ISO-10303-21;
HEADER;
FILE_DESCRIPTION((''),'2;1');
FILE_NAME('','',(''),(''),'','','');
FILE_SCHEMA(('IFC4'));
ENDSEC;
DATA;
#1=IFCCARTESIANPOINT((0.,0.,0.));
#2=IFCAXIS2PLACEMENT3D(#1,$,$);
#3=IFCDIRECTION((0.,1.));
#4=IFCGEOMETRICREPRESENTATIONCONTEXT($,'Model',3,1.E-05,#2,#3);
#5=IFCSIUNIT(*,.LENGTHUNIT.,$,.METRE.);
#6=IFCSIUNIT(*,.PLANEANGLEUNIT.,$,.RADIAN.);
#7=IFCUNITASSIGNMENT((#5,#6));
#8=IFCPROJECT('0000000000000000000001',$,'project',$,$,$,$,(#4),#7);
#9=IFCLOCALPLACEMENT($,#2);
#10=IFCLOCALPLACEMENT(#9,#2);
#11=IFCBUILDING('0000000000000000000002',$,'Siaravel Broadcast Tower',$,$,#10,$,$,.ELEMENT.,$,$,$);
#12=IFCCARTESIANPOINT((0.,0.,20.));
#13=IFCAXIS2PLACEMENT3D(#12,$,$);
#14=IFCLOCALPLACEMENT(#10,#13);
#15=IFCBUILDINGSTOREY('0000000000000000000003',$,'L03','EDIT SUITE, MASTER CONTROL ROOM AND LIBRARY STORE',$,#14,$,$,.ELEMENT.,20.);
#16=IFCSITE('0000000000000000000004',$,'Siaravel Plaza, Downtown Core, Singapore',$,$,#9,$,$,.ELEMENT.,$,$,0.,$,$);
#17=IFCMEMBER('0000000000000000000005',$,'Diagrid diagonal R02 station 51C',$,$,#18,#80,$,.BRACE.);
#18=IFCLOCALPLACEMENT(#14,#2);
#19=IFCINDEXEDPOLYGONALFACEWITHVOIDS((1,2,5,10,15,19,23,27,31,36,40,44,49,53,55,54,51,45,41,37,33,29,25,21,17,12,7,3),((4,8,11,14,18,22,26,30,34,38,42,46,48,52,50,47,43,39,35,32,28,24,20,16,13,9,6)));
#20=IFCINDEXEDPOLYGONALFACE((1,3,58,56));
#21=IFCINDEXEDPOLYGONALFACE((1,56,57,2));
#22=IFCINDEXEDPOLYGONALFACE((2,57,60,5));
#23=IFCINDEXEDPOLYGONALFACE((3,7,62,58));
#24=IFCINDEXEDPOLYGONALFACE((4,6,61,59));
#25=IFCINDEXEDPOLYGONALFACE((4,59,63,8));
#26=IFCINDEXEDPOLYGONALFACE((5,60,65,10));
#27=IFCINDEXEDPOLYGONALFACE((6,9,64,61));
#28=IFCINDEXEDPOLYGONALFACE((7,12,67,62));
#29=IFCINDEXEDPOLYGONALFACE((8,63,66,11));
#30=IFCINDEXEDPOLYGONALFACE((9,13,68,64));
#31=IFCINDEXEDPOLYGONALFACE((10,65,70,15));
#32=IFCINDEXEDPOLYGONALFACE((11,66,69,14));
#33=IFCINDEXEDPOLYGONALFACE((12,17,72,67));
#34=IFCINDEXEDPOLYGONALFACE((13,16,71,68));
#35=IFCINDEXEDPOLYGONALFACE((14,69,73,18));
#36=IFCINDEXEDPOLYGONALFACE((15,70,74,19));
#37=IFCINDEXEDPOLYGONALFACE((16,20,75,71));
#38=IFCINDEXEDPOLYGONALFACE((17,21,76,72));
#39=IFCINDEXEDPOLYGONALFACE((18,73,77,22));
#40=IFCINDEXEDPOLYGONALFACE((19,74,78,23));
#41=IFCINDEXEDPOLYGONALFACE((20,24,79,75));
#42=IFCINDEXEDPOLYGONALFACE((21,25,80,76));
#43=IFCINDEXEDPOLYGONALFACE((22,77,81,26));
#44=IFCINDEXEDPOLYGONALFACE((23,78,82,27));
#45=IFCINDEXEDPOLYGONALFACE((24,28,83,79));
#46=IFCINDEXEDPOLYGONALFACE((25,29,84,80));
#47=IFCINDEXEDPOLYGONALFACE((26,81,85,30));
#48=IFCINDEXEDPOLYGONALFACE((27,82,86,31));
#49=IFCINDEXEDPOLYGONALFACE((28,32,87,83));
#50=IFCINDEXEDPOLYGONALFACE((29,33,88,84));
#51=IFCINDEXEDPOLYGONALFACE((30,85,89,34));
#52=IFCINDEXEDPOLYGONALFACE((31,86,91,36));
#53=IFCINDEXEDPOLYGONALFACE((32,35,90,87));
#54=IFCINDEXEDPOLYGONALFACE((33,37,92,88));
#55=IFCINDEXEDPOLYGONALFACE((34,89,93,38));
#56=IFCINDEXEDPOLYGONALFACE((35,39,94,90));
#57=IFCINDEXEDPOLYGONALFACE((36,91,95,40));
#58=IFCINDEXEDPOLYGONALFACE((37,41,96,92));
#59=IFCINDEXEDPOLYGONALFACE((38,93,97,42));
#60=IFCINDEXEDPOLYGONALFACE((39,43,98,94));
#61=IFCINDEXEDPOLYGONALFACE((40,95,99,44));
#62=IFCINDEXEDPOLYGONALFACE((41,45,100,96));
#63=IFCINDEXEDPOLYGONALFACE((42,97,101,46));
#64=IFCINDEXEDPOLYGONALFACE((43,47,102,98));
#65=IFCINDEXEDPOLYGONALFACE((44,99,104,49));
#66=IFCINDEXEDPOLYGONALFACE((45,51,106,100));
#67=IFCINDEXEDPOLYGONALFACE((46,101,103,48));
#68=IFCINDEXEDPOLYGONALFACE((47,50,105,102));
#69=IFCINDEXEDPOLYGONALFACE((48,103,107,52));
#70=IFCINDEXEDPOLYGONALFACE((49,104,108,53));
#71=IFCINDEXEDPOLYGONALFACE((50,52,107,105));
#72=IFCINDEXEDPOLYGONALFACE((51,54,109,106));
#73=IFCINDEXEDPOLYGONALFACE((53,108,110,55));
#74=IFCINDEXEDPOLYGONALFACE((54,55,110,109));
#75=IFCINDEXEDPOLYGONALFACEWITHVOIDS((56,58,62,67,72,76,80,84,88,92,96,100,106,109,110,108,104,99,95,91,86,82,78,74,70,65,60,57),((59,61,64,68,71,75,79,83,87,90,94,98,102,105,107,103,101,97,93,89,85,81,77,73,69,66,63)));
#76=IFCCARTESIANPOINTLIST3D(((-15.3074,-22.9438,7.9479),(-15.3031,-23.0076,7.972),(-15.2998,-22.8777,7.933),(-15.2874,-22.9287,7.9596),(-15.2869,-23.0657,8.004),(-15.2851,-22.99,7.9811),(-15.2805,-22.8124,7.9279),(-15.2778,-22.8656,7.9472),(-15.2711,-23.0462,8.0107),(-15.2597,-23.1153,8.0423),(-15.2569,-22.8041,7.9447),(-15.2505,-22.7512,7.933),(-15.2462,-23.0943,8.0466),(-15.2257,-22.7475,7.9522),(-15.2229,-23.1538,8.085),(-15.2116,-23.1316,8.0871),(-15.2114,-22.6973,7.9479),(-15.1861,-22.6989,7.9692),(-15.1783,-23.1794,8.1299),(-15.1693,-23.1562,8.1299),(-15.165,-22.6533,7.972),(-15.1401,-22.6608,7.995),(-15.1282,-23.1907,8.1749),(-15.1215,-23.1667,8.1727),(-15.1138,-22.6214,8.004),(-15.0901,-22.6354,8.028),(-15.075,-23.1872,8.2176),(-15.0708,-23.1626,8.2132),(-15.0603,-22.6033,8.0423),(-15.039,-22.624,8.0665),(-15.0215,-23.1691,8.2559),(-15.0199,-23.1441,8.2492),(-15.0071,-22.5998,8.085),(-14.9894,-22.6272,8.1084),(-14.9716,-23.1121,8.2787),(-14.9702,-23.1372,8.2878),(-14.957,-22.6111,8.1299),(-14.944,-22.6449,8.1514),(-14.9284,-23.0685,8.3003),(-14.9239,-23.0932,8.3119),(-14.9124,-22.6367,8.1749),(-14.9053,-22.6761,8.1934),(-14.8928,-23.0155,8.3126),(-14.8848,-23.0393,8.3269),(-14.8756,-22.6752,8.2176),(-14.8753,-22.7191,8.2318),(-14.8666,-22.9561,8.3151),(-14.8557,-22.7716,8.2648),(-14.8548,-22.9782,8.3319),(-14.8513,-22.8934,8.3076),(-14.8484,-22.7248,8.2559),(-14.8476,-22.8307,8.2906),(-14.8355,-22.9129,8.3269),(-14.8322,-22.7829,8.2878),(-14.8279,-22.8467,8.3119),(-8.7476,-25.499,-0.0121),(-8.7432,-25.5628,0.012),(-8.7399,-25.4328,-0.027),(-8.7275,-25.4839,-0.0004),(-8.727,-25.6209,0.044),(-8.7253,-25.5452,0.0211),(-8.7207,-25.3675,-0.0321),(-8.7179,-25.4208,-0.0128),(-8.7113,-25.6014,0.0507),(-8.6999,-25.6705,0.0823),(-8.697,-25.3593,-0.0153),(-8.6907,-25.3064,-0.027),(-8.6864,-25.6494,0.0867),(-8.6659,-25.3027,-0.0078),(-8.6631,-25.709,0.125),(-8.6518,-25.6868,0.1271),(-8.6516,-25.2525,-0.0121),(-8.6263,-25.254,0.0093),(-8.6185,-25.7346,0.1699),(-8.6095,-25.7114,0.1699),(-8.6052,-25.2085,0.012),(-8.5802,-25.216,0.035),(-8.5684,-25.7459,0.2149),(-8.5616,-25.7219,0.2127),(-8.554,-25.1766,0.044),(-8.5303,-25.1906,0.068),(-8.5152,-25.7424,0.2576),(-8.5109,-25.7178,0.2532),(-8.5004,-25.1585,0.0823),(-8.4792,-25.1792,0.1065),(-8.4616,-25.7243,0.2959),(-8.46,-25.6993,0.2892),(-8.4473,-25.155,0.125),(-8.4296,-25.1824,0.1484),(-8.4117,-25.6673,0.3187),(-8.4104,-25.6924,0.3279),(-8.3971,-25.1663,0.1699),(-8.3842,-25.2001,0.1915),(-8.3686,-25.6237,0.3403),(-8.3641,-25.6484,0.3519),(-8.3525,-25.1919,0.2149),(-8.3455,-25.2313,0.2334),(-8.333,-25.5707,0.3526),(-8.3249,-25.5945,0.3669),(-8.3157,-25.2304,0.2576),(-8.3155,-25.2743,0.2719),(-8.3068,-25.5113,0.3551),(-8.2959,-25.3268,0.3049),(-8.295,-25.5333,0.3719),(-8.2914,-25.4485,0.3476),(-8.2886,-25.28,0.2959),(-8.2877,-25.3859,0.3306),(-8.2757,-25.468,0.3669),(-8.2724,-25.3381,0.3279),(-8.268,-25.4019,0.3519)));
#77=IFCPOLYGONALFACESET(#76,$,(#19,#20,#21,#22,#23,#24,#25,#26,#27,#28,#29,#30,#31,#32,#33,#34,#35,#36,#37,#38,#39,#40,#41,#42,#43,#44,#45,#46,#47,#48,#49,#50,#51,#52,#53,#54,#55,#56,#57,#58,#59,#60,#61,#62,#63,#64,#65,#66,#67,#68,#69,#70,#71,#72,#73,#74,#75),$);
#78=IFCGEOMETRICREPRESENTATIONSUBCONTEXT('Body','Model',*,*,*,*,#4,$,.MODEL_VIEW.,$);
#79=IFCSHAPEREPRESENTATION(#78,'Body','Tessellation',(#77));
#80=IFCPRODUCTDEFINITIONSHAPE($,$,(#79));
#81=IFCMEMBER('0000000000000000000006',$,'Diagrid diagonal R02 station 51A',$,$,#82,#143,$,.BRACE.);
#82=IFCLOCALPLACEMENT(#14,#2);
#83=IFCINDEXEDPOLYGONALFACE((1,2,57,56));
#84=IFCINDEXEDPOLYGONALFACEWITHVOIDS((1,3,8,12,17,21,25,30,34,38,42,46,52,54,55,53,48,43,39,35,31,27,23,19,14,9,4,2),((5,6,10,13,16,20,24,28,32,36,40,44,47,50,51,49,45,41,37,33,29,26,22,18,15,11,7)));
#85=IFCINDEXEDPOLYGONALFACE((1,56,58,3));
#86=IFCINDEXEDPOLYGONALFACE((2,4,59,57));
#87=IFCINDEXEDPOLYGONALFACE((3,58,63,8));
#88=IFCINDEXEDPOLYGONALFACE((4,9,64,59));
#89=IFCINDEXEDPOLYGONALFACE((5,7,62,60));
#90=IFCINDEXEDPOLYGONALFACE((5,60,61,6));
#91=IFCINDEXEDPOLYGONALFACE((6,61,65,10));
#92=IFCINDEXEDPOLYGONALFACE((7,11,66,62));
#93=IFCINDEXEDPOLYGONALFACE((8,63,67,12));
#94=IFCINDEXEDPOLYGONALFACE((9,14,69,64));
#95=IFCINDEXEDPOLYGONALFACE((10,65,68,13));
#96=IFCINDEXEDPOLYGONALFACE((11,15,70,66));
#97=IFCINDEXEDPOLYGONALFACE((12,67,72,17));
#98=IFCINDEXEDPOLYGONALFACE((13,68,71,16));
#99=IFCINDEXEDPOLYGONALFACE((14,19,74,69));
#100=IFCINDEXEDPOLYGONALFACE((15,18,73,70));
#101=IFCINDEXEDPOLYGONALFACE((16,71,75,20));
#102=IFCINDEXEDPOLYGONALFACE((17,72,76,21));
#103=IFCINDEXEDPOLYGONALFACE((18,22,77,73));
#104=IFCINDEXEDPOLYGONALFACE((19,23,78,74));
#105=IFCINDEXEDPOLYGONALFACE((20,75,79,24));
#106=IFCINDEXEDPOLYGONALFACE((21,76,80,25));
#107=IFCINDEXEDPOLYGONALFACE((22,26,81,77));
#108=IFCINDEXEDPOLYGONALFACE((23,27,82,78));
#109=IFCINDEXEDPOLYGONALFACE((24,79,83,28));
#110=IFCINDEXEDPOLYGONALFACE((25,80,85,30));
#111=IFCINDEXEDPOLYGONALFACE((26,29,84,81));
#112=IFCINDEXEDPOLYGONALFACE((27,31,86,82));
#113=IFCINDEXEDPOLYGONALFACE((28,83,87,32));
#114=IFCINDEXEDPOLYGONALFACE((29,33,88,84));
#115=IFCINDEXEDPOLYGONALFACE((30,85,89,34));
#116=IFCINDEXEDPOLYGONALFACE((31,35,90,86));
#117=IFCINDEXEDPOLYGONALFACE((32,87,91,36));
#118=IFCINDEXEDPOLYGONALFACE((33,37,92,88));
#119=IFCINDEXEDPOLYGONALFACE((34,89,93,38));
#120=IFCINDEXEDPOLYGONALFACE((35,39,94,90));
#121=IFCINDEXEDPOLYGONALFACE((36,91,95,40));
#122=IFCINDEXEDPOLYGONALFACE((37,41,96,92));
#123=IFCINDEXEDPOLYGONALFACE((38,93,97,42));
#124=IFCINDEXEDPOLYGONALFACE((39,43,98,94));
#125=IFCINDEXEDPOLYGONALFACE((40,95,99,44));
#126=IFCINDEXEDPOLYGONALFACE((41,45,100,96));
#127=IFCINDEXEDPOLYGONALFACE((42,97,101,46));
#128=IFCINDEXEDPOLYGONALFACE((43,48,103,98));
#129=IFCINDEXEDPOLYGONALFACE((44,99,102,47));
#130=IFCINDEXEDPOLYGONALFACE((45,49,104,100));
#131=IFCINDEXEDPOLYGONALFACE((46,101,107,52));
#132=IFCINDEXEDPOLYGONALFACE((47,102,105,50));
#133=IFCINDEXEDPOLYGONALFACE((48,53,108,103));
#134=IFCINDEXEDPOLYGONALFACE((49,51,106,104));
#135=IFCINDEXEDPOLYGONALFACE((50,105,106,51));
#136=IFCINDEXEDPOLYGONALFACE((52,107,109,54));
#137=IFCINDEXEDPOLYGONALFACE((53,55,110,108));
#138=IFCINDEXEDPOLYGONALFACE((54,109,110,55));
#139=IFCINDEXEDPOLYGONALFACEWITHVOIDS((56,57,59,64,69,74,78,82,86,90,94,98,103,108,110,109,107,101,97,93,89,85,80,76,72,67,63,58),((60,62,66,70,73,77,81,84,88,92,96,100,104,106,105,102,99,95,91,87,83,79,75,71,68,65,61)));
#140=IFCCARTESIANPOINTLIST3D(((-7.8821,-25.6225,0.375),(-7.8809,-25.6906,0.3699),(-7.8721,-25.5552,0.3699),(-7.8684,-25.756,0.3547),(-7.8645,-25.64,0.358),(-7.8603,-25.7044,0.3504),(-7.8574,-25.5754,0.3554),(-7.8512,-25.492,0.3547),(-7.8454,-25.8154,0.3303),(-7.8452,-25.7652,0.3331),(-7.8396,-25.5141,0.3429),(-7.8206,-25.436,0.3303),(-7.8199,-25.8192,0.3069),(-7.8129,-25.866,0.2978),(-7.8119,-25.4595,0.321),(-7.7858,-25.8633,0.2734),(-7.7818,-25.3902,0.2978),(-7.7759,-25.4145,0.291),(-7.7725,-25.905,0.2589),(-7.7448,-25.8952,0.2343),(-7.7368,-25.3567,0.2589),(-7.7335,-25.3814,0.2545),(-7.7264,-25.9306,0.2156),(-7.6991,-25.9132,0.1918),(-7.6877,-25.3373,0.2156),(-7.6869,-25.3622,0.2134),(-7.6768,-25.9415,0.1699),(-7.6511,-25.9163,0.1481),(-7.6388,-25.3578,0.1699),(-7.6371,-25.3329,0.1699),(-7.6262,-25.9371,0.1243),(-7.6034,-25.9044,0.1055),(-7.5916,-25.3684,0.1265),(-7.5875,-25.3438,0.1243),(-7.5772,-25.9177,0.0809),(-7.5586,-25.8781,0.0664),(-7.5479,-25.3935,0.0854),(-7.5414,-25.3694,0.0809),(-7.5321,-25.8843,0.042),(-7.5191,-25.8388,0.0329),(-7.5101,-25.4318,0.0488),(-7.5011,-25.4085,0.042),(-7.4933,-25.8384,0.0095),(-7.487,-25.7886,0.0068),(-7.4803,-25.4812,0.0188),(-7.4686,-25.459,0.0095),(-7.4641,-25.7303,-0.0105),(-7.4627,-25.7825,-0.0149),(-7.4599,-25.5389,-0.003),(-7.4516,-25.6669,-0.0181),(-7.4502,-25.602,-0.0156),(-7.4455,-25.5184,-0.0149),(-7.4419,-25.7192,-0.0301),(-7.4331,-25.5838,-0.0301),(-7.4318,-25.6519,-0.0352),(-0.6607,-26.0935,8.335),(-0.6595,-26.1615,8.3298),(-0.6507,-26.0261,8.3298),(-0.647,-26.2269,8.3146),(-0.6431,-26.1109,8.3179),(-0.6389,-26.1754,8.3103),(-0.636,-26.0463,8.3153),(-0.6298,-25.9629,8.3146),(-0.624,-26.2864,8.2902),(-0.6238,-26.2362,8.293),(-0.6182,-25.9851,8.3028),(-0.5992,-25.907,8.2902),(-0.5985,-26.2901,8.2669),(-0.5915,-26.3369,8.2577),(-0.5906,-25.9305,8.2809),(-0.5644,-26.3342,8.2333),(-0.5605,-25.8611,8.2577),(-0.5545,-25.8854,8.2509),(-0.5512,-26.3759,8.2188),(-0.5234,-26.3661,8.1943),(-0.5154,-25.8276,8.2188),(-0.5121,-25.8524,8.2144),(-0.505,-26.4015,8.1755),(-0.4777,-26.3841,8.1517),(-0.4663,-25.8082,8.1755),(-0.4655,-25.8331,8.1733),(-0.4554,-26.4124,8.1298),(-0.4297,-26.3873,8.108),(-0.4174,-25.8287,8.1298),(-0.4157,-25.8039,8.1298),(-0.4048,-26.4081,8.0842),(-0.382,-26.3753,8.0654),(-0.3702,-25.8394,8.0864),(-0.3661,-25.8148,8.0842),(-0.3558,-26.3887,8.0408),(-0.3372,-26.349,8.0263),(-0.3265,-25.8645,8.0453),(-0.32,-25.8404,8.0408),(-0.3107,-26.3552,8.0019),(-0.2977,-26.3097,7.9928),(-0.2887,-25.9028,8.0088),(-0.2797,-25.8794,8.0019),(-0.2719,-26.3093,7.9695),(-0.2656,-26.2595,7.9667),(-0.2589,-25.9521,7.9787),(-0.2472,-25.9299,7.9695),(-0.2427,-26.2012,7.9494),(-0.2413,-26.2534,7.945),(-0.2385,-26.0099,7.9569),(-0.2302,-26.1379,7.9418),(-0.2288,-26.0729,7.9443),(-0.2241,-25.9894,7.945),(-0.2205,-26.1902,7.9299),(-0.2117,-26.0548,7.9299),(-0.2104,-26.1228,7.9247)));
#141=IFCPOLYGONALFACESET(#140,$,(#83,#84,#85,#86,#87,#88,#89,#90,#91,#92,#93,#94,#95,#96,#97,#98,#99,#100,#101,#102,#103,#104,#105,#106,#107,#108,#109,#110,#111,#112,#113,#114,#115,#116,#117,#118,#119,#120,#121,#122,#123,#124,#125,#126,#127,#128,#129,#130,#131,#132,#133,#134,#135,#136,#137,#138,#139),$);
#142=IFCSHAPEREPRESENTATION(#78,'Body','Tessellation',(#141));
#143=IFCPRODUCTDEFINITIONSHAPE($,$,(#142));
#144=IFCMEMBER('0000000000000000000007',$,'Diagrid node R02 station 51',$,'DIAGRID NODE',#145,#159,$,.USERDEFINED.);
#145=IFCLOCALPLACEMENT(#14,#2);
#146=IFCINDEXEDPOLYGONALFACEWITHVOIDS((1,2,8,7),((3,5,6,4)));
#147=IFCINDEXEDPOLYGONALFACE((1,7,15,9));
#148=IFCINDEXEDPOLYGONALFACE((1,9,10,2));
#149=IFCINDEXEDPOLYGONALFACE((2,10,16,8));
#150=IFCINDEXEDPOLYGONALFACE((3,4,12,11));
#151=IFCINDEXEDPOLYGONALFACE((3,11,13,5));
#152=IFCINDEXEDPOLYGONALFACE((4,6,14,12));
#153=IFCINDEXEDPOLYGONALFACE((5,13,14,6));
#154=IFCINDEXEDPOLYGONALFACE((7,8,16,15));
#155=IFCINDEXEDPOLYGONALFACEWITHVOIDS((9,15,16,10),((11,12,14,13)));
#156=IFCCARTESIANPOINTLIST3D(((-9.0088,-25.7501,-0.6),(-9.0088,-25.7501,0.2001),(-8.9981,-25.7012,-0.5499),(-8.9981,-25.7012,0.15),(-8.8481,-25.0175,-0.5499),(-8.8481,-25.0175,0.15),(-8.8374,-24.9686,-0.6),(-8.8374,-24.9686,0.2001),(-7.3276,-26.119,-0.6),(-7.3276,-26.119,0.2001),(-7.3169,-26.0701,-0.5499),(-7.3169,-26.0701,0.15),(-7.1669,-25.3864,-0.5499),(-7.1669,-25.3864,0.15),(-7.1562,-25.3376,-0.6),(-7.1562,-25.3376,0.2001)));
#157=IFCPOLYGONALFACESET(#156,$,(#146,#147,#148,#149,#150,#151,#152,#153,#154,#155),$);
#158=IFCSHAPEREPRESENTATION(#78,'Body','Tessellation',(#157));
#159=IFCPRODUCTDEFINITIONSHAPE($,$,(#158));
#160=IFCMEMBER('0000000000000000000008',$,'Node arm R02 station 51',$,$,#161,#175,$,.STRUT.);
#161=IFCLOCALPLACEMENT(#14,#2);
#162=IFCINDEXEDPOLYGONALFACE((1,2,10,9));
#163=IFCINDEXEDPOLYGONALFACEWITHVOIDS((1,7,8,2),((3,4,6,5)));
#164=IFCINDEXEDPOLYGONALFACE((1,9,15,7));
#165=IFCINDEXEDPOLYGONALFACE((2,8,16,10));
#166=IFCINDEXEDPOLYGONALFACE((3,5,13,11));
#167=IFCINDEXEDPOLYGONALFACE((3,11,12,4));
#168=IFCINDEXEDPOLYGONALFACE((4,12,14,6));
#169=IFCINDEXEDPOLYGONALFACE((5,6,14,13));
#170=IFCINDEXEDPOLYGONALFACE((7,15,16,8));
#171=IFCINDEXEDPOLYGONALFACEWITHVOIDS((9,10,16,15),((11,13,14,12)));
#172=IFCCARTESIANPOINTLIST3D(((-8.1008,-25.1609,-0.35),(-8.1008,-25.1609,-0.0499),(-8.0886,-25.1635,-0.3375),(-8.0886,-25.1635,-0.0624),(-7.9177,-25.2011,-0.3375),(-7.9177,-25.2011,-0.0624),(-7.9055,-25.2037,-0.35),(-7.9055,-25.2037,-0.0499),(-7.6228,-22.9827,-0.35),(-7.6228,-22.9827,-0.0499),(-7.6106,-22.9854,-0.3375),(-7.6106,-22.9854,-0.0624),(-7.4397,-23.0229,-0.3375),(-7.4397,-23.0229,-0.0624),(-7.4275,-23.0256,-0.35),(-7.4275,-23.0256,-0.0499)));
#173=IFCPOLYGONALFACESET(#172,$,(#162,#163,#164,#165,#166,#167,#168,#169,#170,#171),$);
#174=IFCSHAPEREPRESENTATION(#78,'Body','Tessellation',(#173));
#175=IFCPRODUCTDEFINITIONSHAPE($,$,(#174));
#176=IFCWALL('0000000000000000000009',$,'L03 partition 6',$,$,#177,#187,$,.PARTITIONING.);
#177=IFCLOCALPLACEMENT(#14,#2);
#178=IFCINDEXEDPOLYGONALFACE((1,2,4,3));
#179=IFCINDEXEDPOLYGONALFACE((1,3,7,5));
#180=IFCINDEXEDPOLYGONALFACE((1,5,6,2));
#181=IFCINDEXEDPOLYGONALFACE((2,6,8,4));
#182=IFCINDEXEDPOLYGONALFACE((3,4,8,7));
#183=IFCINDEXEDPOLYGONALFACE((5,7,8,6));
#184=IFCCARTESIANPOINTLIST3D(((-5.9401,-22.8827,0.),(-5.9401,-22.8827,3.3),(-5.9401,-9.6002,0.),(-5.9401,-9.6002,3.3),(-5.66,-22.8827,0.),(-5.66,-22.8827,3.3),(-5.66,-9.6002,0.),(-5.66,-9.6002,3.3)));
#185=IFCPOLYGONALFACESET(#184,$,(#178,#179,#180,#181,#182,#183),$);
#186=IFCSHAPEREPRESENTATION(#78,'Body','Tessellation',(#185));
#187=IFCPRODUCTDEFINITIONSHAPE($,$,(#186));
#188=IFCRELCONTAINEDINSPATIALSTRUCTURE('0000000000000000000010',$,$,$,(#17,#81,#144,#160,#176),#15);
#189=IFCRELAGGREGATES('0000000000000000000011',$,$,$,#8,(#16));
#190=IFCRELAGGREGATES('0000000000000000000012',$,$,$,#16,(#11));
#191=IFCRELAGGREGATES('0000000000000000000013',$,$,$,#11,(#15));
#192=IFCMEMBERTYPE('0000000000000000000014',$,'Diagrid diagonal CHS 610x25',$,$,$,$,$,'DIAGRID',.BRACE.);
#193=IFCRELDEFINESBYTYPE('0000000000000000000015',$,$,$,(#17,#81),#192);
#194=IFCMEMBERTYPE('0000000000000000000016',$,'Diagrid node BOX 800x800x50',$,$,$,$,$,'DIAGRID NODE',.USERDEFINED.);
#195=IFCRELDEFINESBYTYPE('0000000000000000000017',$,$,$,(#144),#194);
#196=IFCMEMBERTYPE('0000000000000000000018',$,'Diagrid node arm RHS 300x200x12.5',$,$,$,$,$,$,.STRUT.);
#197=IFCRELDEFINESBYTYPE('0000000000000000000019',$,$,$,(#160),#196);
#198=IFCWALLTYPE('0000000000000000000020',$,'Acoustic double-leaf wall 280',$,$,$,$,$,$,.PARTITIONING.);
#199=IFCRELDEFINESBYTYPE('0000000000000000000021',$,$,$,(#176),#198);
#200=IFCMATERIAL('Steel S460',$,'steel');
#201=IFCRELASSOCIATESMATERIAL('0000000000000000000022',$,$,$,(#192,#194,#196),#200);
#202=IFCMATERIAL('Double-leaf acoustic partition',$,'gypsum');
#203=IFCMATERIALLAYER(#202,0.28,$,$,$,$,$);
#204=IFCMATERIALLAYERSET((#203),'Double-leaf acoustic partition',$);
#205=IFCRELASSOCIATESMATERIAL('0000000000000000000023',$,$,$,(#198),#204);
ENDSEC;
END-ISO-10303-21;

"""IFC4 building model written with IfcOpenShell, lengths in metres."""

from ifc_helpers import new_model, si_unit, direction, frame, frame_2d, origin, origin_2d, place, context, subcontext, project, spatial, rectangle, hollow_rectangle, hollow_circle, extrude, material, layer, layer_set, material_profile, profile_set, type_object, element, save


model = new_model("IFC4")

# Units and contexts
model_context = context("Model", 3, precision=1e-05, world=origin(), true_north=direction((0.0, 1.0)))
body_context = subcontext(model_context, "Body", "Model", "MODEL_VIEW")
ifc_project = project(units=[si_unit("LENGTHUNIT", "METRE"), si_unit("PLANEANGLEUNIT", "RADIAN")], contexts=[model_context])

# Site, building, storey
site_placement = place(None, origin())
site = spatial("IfcSite", under=ifc_project, at=site_placement, Name="Siaravel Plaza, Downtown Core, Singapore", CompositionType="ELEMENT", RefElevation=0.0)
building_placement = place(site_placement, origin())
building = spatial("IfcBuilding", under=site, at=building_placement, Name="Siaravel Broadcast Tower", CompositionType="ELEMENT")
storey_placement = place(building_placement, frame((0.0, 0.0, 20.0)))
storey = spatial("IfcBuildingStorey", under=building, at=storey_placement, Name="L03", Description="EDIT SUITE, MASTER CONTROL ROOM AND LIBRARY STORE", CompositionType="ELEMENT", Elevation=20.0)

# Members
ifc_material_1 = material(Name="Steel S460", Category="steel")
ifc_material_profile_1 = material_profile(ifc_material_1, hollow_circle(Radius=0.3049, WallThickness=0.0249, at=origin_2d()))
ifc_profile_set_1 = profile_set([ifc_material_profile_1], Name="Steel S460")
member_type_1 = type_object("IfcMemberType", Name="Diagrid diagonal CHS 610x25", ElementType="DIAGRID", PredefinedType="BRACE", material=ifc_profile_set_1)
member_1_placement = place(storey_placement, frame((-8.5078, -25.4504, 0.1699), z_axis=(-0.617311, 0.240455, 0.749072), x_axis=(-0.362957, -0.931806, 0.0)))
element("IfcMember", 1, at=member_1_placement, inside=storey, type_object=member_type_1, Name="Diagrid diagonal R02 station 51C", PredefinedType="BRACE", context=body_context, shape_type="SweptSolid", body=[
    extrude(hollow_circle(Radius=0.3049, WallThickness=0.0249, at=origin_2d()), origin(), (0.0, 0.0, 1.0), 10.6265),
])
member_2_placement = place(storey_placement, frame((-7.657, -25.6372, 0.1699), z_axis=(0.67127, -0.043777, 0.739919), x_axis=(0.065077, 0.99788, 0.0)))
element("IfcMember", 2, at=member_2_placement, inside=storey, type_object=member_type_1, Name="Diagrid diagonal R02 station 51A", PredefinedType="BRACE", context=body_context, shape_type="SweptSolid", body=[
    extrude(hollow_circle(Radius=0.3049, WallThickness=0.0249, at=origin_2d()), origin(), (0.0, 0.0, 1.0), 10.7578),
])
ifc_material_profile_2 = material_profile(ifc_material_1, hollow_rectangle(XDim=0.8, YDim=0.8, WallThickness=0.05, at=origin_2d()))
ifc_profile_set_2 = profile_set([ifc_material_profile_2], Name="Steel S460")
member_type_2 = type_object("IfcMemberType", Name="Diagrid node BOX 800x800x50", ElementType="DIAGRID NODE", PredefinedType="USERDEFINED", material=ifc_profile_set_2)
member_3_placement = place(storey_placement, frame((-8.9231, -25.3594, -0.2), z_axis=(0.976761, -0.214331, 0.0), x_axis=(0.214331, 0.976761, 0.0)))
element("IfcMember", 3, at=member_3_placement, inside=storey, type_object=member_type_2, Name="Diagrid node R02 station 51", ObjectType="DIAGRID NODE", PredefinedType="USERDEFINED", context=body_context, shape_type="SweptSolid", body=[
    extrude(hollow_rectangle(XDim=0.8, YDim=0.8, WallThickness=0.05, at=origin_2d()), origin(), (0.0, 0.0, 1.0), 1.7212),
])
ifc_material_profile_3 = material_profile(ifc_material_1, hollow_rectangle(XDim=0.2, YDim=0.3, WallThickness=0.0125, at=origin_2d()))
ifc_profile_set_3 = profile_set([ifc_material_profile_3], Name="Steel S460")
member_type_3 = type_object("IfcMemberType", Name="Diagrid node arm RHS 300x200x12.5", PredefinedType="STRUT", material=ifc_profile_set_3)
member_4_placement = place(storey_placement, frame((-7.5251, -23.0042, -0.2), z_axis=(-0.214356, -0.976756, 0.0), x_axis=(0.976756, -0.214356, 0.0)))
element("IfcMember", 4, at=member_4_placement, inside=storey, type_object=member_type_3, Name="Node arm R02 station 51", PredefinedType="STRUT", context=body_context, shape_type="SweptSolid", body=[
    extrude(hollow_rectangle(XDim=0.2, YDim=0.3, WallThickness=0.0125, at=origin_2d()), origin(), (0.0, 0.0, 1.0), 2.23),
])

# Wall
ifc_material_2 = material(Name="Double-leaf acoustic partition", Category="gypsum")
ifc_layer_1 = layer(ifc_material_2, 0.28)
ifc_layer_set_1 = layer_set([ifc_layer_1], Name="Double-leaf acoustic partition")
wall_type_1 = type_object("IfcWallType", Name="Acoustic double-leaf wall 280", PredefinedType="PARTITIONING", material=ifc_layer_set_1)
wall_1_placement = place(storey_placement, frame((-5.8, -22.8826, 0.0), z_axis=(0.0, 0.0, 1.0), x_axis=(0.0, 1.0, 0.0)))
element("IfcWall", 5, at=wall_1_placement, inside=storey, type_object=wall_type_1, Name="L03 partition 6", PredefinedType="PARTITIONING", context=body_context, shape_type="SweptSolid", body=[
    extrude(rectangle(XDim=13.2825, YDim=0.28, at=frame_2d((6.6411, 0.0))), origin(), (0.0, 0.0, 1.0), 3.3),
])

save(model, "model.ifc")
